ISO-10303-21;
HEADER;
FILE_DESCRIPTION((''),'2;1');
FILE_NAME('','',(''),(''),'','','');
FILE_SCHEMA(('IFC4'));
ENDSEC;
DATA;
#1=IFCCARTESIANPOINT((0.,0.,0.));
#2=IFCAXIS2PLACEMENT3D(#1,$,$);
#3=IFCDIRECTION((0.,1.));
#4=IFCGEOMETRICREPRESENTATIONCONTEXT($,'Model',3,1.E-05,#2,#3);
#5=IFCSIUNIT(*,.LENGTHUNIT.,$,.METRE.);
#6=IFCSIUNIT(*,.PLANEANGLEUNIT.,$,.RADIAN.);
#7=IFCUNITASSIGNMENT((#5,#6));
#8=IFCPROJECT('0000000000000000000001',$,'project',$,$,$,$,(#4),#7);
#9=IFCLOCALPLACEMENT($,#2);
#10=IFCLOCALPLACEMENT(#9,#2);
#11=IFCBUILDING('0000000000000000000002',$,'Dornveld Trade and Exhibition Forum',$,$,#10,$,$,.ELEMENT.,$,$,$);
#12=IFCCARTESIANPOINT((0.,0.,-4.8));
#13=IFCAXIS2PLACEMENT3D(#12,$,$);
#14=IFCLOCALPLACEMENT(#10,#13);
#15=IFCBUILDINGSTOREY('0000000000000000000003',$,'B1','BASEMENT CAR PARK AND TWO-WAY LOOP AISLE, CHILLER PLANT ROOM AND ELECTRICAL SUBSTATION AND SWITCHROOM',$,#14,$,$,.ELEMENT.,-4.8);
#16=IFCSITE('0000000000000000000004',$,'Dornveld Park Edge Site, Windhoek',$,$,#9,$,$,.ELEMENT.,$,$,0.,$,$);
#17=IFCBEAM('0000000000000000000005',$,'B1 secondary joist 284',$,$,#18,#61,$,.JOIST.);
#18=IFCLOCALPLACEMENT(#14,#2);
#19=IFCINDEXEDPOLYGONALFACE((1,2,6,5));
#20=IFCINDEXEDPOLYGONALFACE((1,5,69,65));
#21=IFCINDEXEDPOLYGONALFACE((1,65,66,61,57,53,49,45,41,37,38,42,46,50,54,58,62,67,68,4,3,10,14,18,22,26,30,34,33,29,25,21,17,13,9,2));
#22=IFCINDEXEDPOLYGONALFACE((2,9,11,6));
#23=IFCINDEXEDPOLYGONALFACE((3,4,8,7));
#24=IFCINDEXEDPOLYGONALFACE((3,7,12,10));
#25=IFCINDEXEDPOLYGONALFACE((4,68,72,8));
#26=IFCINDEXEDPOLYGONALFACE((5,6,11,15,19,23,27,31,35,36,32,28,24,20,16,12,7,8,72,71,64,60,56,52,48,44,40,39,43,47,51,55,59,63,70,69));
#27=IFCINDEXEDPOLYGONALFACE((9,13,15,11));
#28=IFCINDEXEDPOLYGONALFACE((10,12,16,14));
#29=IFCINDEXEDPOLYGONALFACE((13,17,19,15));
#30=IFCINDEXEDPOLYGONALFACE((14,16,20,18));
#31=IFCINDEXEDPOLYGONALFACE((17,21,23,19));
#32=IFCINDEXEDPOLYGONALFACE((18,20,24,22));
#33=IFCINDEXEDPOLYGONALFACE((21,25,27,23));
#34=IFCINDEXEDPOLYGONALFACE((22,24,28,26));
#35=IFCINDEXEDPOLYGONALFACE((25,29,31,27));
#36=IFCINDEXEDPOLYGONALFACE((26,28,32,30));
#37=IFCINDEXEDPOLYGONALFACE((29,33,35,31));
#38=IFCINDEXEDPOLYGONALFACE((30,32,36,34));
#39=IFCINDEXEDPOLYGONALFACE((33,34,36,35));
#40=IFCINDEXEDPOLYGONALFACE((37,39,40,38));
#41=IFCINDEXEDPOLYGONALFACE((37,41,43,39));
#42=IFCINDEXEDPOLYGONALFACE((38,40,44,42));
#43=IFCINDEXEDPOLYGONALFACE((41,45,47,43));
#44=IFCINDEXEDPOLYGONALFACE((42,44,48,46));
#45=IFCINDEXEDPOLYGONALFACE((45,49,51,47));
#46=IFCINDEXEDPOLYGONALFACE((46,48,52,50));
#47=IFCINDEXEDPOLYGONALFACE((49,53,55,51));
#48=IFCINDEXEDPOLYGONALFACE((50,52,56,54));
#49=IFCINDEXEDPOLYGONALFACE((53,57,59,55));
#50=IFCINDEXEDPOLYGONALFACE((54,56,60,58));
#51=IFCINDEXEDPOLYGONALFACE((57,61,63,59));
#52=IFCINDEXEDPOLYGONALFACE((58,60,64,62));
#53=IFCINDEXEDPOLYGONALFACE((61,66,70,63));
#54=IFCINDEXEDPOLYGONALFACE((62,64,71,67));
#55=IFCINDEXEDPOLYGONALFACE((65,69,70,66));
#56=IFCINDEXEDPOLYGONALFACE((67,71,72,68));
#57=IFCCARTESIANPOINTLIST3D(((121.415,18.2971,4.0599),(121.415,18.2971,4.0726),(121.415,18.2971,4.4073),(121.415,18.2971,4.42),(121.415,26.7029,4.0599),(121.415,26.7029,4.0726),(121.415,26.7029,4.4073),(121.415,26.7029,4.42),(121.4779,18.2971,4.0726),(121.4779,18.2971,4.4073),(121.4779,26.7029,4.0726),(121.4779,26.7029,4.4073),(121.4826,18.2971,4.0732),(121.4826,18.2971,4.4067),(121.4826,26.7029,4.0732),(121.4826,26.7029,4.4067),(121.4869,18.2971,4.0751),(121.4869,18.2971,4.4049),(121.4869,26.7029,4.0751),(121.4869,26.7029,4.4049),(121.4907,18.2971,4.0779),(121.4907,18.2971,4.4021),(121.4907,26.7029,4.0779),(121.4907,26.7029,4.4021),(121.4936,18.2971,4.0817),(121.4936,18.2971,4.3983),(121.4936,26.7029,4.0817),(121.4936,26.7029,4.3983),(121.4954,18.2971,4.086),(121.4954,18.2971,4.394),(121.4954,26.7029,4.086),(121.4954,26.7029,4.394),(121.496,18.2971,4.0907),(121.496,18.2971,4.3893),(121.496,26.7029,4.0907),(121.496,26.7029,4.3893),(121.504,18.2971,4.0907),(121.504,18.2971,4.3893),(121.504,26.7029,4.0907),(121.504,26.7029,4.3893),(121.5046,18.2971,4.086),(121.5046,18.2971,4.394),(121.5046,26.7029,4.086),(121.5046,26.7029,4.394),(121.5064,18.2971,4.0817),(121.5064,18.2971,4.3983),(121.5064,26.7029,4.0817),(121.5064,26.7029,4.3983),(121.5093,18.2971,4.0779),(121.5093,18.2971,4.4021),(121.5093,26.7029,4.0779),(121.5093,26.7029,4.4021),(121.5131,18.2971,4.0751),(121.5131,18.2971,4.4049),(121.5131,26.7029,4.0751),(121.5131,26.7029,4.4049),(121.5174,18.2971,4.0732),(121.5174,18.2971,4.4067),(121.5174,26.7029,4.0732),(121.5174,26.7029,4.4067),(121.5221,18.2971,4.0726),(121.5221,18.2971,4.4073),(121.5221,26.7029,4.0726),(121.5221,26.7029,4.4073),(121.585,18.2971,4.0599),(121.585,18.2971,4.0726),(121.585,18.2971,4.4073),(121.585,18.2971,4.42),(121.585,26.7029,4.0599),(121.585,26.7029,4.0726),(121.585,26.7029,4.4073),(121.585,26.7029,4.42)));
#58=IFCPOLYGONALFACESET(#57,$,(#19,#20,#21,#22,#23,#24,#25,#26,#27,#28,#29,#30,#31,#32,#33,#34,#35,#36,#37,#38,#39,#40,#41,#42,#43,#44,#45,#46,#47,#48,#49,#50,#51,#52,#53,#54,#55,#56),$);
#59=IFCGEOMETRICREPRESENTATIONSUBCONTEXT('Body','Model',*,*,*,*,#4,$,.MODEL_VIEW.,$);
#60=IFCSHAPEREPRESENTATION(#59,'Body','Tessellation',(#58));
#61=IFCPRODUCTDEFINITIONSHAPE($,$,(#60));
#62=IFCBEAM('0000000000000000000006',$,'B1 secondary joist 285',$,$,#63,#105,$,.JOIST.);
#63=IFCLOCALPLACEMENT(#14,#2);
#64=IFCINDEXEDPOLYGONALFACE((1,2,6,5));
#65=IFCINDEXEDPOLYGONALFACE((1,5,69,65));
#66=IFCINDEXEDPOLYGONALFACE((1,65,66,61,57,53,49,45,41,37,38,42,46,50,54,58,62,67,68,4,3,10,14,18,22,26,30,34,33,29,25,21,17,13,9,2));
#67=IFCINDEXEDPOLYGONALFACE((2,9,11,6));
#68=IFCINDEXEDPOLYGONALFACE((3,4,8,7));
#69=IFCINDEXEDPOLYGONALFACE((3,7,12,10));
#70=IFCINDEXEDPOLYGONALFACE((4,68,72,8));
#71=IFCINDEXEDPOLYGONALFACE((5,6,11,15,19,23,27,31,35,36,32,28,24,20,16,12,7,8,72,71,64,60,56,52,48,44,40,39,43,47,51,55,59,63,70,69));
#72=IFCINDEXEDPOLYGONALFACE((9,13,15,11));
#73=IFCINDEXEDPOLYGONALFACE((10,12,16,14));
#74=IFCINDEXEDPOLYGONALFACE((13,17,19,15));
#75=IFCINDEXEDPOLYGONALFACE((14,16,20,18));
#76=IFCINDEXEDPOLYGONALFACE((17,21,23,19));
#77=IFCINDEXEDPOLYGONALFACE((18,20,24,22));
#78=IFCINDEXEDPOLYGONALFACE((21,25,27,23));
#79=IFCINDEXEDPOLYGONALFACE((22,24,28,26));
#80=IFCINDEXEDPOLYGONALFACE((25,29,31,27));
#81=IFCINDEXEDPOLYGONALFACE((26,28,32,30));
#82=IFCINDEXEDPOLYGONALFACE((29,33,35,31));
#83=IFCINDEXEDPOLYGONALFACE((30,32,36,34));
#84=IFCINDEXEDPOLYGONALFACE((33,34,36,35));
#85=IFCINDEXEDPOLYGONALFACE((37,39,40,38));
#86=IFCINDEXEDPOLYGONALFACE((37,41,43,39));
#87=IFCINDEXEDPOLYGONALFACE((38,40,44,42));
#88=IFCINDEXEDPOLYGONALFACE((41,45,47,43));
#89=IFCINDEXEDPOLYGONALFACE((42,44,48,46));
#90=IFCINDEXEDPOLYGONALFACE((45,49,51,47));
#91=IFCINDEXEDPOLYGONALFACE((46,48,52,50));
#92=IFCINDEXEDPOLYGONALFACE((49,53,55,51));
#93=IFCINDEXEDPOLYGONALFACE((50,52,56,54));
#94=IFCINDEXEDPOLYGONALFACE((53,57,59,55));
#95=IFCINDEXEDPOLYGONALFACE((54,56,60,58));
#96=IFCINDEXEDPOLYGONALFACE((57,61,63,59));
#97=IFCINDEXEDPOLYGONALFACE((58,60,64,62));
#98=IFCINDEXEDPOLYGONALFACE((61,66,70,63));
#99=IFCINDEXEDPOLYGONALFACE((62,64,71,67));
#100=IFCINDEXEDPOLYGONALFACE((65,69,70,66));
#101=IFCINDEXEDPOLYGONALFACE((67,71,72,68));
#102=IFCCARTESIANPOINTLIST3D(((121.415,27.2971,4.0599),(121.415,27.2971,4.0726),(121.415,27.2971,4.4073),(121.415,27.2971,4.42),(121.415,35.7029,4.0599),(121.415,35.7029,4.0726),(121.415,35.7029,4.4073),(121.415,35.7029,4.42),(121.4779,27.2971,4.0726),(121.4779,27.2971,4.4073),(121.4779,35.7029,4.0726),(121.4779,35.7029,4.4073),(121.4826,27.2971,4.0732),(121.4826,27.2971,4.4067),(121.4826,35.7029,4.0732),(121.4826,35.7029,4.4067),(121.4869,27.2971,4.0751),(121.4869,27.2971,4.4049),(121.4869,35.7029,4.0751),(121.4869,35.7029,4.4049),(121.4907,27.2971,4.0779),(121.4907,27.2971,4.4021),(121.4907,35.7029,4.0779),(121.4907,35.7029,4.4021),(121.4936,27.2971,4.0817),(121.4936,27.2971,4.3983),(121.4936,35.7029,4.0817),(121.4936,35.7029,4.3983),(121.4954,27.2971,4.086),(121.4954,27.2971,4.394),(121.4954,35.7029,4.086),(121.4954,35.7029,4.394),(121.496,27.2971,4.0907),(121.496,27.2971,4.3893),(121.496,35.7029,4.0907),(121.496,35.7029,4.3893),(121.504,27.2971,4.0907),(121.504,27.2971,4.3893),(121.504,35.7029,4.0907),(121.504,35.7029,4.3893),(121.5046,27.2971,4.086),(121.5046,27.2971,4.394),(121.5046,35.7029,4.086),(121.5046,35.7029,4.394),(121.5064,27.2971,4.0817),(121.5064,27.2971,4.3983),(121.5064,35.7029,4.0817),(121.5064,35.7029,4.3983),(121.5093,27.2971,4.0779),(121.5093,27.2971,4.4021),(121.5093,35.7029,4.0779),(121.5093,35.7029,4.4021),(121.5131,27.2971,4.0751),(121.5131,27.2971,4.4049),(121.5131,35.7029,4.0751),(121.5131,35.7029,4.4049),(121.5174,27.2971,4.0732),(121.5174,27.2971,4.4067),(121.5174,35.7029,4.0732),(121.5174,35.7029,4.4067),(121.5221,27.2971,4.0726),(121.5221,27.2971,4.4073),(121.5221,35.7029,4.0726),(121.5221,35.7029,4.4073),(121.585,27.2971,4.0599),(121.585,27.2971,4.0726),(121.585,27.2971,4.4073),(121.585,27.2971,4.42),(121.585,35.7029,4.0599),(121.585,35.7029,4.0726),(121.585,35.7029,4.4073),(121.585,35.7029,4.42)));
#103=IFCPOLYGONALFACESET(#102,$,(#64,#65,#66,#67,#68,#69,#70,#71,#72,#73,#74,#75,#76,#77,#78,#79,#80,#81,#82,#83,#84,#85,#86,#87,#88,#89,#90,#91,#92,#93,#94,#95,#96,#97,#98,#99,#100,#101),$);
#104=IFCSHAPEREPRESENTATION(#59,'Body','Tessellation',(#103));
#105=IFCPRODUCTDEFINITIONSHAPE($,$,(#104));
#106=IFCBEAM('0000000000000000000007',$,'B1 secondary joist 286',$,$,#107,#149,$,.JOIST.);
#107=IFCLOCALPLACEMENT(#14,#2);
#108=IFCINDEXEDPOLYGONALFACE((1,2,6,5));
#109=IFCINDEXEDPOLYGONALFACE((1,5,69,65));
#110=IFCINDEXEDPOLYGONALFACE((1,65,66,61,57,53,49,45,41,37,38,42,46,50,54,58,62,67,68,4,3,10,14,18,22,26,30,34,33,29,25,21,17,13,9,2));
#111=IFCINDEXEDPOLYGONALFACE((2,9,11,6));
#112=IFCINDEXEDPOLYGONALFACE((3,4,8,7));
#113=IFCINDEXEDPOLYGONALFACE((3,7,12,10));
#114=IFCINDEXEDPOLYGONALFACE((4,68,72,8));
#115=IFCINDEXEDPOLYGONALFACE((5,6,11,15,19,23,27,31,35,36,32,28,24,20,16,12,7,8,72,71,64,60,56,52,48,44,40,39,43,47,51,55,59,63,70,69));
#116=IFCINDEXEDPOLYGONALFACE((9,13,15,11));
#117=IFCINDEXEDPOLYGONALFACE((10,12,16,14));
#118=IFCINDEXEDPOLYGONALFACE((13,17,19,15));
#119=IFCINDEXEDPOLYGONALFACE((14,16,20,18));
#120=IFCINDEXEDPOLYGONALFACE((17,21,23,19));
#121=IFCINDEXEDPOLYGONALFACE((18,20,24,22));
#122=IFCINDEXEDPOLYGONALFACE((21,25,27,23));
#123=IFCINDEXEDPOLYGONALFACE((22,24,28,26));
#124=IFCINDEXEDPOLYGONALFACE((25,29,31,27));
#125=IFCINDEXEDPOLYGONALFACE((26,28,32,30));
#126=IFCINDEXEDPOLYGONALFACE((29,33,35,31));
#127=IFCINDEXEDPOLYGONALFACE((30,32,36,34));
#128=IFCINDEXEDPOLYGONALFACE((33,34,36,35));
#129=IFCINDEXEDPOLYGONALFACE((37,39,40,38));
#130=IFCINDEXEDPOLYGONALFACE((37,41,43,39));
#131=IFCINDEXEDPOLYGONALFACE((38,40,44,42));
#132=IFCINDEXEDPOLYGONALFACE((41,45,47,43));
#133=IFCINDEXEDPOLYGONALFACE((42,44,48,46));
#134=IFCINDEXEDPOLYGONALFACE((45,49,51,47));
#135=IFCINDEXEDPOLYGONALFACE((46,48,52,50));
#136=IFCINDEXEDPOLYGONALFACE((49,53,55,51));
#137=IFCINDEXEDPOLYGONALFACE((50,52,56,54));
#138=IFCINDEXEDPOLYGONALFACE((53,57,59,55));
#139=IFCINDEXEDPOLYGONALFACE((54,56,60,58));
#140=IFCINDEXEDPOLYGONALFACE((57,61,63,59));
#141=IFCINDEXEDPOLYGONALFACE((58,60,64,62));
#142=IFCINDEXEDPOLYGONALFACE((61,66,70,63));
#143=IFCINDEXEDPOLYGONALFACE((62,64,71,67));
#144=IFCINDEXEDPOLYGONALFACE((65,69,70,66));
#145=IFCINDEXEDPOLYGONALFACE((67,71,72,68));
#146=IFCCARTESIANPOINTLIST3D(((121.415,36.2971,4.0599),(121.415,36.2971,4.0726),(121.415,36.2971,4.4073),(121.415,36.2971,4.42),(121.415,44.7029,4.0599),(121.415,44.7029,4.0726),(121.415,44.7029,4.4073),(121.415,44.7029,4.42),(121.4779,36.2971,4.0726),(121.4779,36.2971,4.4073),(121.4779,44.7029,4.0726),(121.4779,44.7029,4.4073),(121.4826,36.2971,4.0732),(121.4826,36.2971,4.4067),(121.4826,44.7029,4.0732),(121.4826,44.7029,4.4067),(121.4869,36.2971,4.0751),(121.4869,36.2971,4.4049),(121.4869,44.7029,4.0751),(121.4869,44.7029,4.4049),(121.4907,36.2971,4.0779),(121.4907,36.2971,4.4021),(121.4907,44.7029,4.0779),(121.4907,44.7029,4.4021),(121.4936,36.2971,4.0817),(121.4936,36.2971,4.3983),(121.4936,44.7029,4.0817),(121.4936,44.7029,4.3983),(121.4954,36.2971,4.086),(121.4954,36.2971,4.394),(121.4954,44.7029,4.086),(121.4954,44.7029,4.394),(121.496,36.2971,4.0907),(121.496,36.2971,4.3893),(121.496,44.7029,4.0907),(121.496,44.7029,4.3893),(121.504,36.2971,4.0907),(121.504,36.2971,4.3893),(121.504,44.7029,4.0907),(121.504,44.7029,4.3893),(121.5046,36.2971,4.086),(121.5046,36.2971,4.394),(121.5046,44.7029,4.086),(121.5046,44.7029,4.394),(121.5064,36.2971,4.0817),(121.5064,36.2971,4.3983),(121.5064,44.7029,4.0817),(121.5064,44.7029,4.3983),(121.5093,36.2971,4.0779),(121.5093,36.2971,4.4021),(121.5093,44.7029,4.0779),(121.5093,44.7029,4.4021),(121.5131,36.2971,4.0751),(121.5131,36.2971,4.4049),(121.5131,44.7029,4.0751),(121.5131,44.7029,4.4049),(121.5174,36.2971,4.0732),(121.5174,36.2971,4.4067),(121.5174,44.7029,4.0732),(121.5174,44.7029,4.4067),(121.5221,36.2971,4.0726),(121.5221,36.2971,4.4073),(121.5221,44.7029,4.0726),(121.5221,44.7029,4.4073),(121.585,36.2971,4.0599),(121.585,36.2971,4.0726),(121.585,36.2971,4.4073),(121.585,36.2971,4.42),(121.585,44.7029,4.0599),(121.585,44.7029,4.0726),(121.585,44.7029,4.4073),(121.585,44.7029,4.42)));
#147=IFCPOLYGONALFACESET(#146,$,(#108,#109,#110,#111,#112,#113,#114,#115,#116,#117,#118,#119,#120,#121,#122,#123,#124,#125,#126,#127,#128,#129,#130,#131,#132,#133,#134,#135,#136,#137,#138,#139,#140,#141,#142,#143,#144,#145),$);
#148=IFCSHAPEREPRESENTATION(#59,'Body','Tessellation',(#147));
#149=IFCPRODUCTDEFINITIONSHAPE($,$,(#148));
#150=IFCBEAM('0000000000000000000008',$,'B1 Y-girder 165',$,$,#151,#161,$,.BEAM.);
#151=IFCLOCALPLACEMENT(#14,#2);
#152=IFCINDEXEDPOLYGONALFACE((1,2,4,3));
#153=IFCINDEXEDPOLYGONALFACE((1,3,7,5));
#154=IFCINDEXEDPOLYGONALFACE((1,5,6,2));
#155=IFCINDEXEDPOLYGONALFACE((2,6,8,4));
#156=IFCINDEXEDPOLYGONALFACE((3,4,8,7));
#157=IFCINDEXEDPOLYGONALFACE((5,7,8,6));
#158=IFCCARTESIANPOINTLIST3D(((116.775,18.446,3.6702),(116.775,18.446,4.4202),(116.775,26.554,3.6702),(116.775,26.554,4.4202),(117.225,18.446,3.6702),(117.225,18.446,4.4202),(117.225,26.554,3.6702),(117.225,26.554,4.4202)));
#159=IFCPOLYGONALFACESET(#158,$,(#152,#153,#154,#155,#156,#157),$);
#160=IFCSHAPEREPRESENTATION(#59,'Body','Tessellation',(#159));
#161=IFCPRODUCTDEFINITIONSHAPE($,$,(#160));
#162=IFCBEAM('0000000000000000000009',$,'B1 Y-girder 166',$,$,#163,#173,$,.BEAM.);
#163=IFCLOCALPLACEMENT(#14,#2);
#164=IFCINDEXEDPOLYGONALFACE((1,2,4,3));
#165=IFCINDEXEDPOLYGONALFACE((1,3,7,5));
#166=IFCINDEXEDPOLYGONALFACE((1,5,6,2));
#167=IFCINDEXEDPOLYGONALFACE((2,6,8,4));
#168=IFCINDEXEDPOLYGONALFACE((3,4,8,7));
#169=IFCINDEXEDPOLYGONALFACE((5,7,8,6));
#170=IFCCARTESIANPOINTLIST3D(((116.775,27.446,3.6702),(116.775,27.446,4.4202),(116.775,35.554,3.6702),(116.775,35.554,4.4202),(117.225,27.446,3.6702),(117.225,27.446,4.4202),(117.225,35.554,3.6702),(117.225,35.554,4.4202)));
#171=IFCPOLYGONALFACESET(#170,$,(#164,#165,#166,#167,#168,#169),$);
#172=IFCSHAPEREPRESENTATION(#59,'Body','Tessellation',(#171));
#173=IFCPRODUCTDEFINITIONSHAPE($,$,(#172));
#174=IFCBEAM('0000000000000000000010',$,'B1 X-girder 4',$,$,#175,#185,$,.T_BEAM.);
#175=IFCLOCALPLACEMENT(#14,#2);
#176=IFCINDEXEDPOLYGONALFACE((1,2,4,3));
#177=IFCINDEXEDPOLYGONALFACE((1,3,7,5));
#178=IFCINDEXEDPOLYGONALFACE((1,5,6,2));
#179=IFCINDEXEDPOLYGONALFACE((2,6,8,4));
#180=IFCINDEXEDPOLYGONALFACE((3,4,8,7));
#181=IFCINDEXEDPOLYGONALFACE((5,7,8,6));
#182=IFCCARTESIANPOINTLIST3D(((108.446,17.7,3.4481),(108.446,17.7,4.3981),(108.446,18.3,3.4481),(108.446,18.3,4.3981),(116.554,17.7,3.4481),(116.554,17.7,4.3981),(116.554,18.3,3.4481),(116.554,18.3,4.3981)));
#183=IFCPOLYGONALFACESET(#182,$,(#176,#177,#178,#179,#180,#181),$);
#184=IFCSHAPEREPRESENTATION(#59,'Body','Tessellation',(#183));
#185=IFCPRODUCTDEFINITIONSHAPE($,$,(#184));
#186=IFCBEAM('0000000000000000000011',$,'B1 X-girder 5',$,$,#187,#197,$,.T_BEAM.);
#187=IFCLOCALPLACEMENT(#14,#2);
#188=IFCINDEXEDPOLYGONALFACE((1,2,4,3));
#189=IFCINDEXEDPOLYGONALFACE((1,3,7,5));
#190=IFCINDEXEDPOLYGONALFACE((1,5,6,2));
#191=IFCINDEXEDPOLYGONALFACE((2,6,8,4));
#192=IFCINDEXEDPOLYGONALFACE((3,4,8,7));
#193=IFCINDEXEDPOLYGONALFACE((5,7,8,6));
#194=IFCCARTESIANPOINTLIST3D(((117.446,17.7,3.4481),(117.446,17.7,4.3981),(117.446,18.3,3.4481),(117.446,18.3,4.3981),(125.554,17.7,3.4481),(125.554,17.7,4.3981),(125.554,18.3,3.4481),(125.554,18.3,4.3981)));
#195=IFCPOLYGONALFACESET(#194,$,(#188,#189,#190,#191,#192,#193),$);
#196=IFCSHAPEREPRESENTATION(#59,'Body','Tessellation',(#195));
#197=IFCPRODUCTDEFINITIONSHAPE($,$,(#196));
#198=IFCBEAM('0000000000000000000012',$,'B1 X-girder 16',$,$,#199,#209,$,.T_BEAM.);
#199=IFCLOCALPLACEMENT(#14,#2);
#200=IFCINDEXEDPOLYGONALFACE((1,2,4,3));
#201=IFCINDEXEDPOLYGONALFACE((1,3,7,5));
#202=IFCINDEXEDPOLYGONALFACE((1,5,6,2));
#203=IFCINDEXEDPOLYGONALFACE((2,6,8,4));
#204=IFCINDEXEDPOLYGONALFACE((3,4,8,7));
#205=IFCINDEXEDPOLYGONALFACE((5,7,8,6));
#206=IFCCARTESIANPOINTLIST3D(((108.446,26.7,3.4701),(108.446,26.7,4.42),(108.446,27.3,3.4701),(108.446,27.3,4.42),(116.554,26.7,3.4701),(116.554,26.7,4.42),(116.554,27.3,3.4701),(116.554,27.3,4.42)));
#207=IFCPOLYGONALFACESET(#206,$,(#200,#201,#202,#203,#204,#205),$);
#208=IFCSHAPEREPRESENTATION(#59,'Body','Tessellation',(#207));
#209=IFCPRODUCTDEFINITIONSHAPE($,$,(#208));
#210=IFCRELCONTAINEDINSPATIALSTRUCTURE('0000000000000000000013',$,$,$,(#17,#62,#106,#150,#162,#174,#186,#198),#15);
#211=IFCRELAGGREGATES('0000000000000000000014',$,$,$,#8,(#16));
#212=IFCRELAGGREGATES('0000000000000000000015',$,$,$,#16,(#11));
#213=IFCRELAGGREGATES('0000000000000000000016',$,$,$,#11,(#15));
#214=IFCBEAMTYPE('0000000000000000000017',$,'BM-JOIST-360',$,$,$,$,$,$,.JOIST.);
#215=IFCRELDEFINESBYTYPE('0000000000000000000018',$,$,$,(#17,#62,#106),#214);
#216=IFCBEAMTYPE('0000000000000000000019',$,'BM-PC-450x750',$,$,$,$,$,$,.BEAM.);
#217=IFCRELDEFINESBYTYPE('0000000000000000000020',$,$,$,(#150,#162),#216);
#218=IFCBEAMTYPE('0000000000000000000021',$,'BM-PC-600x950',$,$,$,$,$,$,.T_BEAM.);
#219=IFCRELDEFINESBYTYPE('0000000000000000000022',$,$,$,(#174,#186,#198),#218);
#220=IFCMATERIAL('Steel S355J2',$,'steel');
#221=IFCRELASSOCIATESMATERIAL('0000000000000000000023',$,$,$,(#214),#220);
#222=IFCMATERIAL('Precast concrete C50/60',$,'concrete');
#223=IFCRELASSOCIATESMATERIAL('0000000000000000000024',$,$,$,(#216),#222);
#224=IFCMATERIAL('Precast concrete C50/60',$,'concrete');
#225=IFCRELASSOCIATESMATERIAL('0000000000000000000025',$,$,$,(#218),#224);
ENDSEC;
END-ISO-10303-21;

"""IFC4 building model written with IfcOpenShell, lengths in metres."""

from ifc_helpers import new_model, si_unit, direction, frame, origin, origin_2d, place, context, subcontext, project, spatial, rectangle, i_section, extrude, material, material_profile, profile_set, type_object, element, save


model = new_model("IFC4")

# Units and contexts
model_context = context("Model", 3, precision=1e-05, world=origin(), true_north=direction((0.0, 1.0)))
body_context = subcontext(model_context, "Body", "Model", "MODEL_VIEW")
ifc_project = project(units=[si_unit("LENGTHUNIT", "METRE"), si_unit("PLANEANGLEUNIT", "RADIAN")], contexts=[model_context])

# Site, building, storey
site_placement = place(None, origin())
site = spatial("IfcSite", under=ifc_project, at=site_placement, Name="Dornveld Park Edge Site, Windhoek", CompositionType="ELEMENT", RefElevation=0.0)
building_placement = place(site_placement, origin())
building = spatial("IfcBuilding", under=site, at=building_placement, Name="Dornveld Trade and Exhibition Forum", CompositionType="ELEMENT")
storey_placement = place(building_placement, frame((0.0, 0.0, -4.8)))
storey = spatial("IfcBuildingStorey", under=building, at=storey_placement, Name="B1", Description="BASEMENT CAR PARK AND TWO-WAY LOOP AISLE, CHILLER PLANT ROOM AND ELECTRICAL SUBSTATION AND SWITCHROOM", CompositionType="ELEMENT", Elevation=-4.8)

# Beams
ifc_material_1 = material(Name="Steel S355J2", Category="steel")
ifc_material_profile_1 = material_profile(ifc_material_1, i_section(OverallWidth=0.1699, OverallDepth=0.3601, WebThickness=0.0081, FlangeThickness=0.0127, FilletRadius=0.0181, at=origin_2d()), Name="IPE 360")
ifc_profile_set_1 = profile_set([ifc_material_profile_1], Name="Steel S355J2")
beam_type_1 = type_object("IfcBeamType", Name="BM-JOIST-360", PredefinedType="JOIST", material=ifc_profile_set_1)
for number, where, z_axis, x_axis, name in (
    (1, (121.5, 18.2971, 4.24), (0.0, 1.0, 0.0), (-1.0, 0.0, 0.0), "B1 secondary joist 284"),
    (2, (121.5, 27.2971, 4.24), (0.0, 1.0, 0.0), (-1.0, 0.0, 0.0), "B1 secondary joist 285"),
    (3, (121.5, 36.2971, 4.24), (0.0, 1.0, 0.0), (-1.0, 0.0, 0.0), "B1 secondary joist 286"),
):
    element("IfcBeam", number, at=place(storey_placement, frame(where, z_axis=z_axis, x_axis=x_axis)), inside=storey, type_object=beam_type_1, Name=name, PredefinedType="JOIST", context=body_context, shape_type="SweptSolid", body=[
        extrude(i_section(OverallWidth=0.1699, OverallDepth=0.3601, WebThickness=0.0081, FlangeThickness=0.0127, FilletRadius=0.0181, at=origin_2d()), origin(), (0.0, 0.0, 1.0), 8.4058),
    ])
ifc_material_2 = material(Name="Precast concrete C50/60", Category="concrete")
ifc_material_profile_2 = material_profile(ifc_material_2, rectangle(XDim=0.45, YDim=0.75, at=origin_2d()), Name="PC-BM 450x750")
ifc_profile_set_2 = profile_set([ifc_material_profile_2], Name="Precast concrete C50/60")
beam_type_2 = type_object("IfcBeamType", Name="BM-PC-450x750", PredefinedType="BEAM", material=ifc_profile_set_2)
for number, where, z_axis, x_axis, name in (
    (4, (117.0, 18.446, 4.0452), (0.0, 1.0, 0.0), (-1.0, 0.0, 0.0), "B1 Y-girder 165"),
    (5, (117.0, 27.446, 4.0452), (0.0, 1.0, 0.0), (-1.0, 0.0, 0.0), "B1 Y-girder 166"),
):
    element("IfcBeam", number, at=place(storey_placement, frame(where, z_axis=z_axis, x_axis=x_axis)), inside=storey, type_object=beam_type_2, Name=name, PredefinedType="BEAM", context=body_context, shape_type="SweptSolid", body=[
        extrude(rectangle(XDim=0.45, YDim=0.75, at=origin_2d()), origin(), (0.0, 0.0, 1.0), 8.1079),
    ])
ifc_material_3 = material(Name="Precast concrete C50/60", Category="concrete")
ifc_material_profile_3 = material_profile(ifc_material_3, rectangle(XDim=0.6001, YDim=0.95, at=origin_2d()), Name="PC-GIR 600x950")
ifc_profile_set_3 = profile_set([ifc_material_profile_3], Name="Precast concrete C50/60")
beam_type_3 = type_object("IfcBeamType", Name="BM-PC-600x950", PredefinedType="T_BEAM", material=ifc_profile_set_3)
for number, where, z_axis, x_axis, name in (
    (6, (108.446, 18.0, 3.9231), (1.0, 0.0, 0.0), (0.0, 1.0, 0.0), "B1 X-girder 4"),
    (7, (117.446, 18.0, 3.9231), (1.0, 0.0, 0.0), (0.0, 1.0, 0.0), "B1 X-girder 5"),
    (8, (108.446, 27.0, 3.9451), (1.0, 0.0, 0.0), (0.0, 1.0, 0.0), "B1 X-girder 16"),
):
    element("IfcBeam", number, at=place(storey_placement, frame(where, z_axis=z_axis, x_axis=x_axis)), inside=storey, type_object=beam_type_3, Name=name, PredefinedType="T_BEAM", context=body_context, shape_type="SweptSolid", body=[
        extrude(rectangle(XDim=0.6001, YDim=0.95, at=origin_2d()), origin(), (0.0, 0.0, 1.0), 8.1079),
    ])

save(model, "model.ifc")
